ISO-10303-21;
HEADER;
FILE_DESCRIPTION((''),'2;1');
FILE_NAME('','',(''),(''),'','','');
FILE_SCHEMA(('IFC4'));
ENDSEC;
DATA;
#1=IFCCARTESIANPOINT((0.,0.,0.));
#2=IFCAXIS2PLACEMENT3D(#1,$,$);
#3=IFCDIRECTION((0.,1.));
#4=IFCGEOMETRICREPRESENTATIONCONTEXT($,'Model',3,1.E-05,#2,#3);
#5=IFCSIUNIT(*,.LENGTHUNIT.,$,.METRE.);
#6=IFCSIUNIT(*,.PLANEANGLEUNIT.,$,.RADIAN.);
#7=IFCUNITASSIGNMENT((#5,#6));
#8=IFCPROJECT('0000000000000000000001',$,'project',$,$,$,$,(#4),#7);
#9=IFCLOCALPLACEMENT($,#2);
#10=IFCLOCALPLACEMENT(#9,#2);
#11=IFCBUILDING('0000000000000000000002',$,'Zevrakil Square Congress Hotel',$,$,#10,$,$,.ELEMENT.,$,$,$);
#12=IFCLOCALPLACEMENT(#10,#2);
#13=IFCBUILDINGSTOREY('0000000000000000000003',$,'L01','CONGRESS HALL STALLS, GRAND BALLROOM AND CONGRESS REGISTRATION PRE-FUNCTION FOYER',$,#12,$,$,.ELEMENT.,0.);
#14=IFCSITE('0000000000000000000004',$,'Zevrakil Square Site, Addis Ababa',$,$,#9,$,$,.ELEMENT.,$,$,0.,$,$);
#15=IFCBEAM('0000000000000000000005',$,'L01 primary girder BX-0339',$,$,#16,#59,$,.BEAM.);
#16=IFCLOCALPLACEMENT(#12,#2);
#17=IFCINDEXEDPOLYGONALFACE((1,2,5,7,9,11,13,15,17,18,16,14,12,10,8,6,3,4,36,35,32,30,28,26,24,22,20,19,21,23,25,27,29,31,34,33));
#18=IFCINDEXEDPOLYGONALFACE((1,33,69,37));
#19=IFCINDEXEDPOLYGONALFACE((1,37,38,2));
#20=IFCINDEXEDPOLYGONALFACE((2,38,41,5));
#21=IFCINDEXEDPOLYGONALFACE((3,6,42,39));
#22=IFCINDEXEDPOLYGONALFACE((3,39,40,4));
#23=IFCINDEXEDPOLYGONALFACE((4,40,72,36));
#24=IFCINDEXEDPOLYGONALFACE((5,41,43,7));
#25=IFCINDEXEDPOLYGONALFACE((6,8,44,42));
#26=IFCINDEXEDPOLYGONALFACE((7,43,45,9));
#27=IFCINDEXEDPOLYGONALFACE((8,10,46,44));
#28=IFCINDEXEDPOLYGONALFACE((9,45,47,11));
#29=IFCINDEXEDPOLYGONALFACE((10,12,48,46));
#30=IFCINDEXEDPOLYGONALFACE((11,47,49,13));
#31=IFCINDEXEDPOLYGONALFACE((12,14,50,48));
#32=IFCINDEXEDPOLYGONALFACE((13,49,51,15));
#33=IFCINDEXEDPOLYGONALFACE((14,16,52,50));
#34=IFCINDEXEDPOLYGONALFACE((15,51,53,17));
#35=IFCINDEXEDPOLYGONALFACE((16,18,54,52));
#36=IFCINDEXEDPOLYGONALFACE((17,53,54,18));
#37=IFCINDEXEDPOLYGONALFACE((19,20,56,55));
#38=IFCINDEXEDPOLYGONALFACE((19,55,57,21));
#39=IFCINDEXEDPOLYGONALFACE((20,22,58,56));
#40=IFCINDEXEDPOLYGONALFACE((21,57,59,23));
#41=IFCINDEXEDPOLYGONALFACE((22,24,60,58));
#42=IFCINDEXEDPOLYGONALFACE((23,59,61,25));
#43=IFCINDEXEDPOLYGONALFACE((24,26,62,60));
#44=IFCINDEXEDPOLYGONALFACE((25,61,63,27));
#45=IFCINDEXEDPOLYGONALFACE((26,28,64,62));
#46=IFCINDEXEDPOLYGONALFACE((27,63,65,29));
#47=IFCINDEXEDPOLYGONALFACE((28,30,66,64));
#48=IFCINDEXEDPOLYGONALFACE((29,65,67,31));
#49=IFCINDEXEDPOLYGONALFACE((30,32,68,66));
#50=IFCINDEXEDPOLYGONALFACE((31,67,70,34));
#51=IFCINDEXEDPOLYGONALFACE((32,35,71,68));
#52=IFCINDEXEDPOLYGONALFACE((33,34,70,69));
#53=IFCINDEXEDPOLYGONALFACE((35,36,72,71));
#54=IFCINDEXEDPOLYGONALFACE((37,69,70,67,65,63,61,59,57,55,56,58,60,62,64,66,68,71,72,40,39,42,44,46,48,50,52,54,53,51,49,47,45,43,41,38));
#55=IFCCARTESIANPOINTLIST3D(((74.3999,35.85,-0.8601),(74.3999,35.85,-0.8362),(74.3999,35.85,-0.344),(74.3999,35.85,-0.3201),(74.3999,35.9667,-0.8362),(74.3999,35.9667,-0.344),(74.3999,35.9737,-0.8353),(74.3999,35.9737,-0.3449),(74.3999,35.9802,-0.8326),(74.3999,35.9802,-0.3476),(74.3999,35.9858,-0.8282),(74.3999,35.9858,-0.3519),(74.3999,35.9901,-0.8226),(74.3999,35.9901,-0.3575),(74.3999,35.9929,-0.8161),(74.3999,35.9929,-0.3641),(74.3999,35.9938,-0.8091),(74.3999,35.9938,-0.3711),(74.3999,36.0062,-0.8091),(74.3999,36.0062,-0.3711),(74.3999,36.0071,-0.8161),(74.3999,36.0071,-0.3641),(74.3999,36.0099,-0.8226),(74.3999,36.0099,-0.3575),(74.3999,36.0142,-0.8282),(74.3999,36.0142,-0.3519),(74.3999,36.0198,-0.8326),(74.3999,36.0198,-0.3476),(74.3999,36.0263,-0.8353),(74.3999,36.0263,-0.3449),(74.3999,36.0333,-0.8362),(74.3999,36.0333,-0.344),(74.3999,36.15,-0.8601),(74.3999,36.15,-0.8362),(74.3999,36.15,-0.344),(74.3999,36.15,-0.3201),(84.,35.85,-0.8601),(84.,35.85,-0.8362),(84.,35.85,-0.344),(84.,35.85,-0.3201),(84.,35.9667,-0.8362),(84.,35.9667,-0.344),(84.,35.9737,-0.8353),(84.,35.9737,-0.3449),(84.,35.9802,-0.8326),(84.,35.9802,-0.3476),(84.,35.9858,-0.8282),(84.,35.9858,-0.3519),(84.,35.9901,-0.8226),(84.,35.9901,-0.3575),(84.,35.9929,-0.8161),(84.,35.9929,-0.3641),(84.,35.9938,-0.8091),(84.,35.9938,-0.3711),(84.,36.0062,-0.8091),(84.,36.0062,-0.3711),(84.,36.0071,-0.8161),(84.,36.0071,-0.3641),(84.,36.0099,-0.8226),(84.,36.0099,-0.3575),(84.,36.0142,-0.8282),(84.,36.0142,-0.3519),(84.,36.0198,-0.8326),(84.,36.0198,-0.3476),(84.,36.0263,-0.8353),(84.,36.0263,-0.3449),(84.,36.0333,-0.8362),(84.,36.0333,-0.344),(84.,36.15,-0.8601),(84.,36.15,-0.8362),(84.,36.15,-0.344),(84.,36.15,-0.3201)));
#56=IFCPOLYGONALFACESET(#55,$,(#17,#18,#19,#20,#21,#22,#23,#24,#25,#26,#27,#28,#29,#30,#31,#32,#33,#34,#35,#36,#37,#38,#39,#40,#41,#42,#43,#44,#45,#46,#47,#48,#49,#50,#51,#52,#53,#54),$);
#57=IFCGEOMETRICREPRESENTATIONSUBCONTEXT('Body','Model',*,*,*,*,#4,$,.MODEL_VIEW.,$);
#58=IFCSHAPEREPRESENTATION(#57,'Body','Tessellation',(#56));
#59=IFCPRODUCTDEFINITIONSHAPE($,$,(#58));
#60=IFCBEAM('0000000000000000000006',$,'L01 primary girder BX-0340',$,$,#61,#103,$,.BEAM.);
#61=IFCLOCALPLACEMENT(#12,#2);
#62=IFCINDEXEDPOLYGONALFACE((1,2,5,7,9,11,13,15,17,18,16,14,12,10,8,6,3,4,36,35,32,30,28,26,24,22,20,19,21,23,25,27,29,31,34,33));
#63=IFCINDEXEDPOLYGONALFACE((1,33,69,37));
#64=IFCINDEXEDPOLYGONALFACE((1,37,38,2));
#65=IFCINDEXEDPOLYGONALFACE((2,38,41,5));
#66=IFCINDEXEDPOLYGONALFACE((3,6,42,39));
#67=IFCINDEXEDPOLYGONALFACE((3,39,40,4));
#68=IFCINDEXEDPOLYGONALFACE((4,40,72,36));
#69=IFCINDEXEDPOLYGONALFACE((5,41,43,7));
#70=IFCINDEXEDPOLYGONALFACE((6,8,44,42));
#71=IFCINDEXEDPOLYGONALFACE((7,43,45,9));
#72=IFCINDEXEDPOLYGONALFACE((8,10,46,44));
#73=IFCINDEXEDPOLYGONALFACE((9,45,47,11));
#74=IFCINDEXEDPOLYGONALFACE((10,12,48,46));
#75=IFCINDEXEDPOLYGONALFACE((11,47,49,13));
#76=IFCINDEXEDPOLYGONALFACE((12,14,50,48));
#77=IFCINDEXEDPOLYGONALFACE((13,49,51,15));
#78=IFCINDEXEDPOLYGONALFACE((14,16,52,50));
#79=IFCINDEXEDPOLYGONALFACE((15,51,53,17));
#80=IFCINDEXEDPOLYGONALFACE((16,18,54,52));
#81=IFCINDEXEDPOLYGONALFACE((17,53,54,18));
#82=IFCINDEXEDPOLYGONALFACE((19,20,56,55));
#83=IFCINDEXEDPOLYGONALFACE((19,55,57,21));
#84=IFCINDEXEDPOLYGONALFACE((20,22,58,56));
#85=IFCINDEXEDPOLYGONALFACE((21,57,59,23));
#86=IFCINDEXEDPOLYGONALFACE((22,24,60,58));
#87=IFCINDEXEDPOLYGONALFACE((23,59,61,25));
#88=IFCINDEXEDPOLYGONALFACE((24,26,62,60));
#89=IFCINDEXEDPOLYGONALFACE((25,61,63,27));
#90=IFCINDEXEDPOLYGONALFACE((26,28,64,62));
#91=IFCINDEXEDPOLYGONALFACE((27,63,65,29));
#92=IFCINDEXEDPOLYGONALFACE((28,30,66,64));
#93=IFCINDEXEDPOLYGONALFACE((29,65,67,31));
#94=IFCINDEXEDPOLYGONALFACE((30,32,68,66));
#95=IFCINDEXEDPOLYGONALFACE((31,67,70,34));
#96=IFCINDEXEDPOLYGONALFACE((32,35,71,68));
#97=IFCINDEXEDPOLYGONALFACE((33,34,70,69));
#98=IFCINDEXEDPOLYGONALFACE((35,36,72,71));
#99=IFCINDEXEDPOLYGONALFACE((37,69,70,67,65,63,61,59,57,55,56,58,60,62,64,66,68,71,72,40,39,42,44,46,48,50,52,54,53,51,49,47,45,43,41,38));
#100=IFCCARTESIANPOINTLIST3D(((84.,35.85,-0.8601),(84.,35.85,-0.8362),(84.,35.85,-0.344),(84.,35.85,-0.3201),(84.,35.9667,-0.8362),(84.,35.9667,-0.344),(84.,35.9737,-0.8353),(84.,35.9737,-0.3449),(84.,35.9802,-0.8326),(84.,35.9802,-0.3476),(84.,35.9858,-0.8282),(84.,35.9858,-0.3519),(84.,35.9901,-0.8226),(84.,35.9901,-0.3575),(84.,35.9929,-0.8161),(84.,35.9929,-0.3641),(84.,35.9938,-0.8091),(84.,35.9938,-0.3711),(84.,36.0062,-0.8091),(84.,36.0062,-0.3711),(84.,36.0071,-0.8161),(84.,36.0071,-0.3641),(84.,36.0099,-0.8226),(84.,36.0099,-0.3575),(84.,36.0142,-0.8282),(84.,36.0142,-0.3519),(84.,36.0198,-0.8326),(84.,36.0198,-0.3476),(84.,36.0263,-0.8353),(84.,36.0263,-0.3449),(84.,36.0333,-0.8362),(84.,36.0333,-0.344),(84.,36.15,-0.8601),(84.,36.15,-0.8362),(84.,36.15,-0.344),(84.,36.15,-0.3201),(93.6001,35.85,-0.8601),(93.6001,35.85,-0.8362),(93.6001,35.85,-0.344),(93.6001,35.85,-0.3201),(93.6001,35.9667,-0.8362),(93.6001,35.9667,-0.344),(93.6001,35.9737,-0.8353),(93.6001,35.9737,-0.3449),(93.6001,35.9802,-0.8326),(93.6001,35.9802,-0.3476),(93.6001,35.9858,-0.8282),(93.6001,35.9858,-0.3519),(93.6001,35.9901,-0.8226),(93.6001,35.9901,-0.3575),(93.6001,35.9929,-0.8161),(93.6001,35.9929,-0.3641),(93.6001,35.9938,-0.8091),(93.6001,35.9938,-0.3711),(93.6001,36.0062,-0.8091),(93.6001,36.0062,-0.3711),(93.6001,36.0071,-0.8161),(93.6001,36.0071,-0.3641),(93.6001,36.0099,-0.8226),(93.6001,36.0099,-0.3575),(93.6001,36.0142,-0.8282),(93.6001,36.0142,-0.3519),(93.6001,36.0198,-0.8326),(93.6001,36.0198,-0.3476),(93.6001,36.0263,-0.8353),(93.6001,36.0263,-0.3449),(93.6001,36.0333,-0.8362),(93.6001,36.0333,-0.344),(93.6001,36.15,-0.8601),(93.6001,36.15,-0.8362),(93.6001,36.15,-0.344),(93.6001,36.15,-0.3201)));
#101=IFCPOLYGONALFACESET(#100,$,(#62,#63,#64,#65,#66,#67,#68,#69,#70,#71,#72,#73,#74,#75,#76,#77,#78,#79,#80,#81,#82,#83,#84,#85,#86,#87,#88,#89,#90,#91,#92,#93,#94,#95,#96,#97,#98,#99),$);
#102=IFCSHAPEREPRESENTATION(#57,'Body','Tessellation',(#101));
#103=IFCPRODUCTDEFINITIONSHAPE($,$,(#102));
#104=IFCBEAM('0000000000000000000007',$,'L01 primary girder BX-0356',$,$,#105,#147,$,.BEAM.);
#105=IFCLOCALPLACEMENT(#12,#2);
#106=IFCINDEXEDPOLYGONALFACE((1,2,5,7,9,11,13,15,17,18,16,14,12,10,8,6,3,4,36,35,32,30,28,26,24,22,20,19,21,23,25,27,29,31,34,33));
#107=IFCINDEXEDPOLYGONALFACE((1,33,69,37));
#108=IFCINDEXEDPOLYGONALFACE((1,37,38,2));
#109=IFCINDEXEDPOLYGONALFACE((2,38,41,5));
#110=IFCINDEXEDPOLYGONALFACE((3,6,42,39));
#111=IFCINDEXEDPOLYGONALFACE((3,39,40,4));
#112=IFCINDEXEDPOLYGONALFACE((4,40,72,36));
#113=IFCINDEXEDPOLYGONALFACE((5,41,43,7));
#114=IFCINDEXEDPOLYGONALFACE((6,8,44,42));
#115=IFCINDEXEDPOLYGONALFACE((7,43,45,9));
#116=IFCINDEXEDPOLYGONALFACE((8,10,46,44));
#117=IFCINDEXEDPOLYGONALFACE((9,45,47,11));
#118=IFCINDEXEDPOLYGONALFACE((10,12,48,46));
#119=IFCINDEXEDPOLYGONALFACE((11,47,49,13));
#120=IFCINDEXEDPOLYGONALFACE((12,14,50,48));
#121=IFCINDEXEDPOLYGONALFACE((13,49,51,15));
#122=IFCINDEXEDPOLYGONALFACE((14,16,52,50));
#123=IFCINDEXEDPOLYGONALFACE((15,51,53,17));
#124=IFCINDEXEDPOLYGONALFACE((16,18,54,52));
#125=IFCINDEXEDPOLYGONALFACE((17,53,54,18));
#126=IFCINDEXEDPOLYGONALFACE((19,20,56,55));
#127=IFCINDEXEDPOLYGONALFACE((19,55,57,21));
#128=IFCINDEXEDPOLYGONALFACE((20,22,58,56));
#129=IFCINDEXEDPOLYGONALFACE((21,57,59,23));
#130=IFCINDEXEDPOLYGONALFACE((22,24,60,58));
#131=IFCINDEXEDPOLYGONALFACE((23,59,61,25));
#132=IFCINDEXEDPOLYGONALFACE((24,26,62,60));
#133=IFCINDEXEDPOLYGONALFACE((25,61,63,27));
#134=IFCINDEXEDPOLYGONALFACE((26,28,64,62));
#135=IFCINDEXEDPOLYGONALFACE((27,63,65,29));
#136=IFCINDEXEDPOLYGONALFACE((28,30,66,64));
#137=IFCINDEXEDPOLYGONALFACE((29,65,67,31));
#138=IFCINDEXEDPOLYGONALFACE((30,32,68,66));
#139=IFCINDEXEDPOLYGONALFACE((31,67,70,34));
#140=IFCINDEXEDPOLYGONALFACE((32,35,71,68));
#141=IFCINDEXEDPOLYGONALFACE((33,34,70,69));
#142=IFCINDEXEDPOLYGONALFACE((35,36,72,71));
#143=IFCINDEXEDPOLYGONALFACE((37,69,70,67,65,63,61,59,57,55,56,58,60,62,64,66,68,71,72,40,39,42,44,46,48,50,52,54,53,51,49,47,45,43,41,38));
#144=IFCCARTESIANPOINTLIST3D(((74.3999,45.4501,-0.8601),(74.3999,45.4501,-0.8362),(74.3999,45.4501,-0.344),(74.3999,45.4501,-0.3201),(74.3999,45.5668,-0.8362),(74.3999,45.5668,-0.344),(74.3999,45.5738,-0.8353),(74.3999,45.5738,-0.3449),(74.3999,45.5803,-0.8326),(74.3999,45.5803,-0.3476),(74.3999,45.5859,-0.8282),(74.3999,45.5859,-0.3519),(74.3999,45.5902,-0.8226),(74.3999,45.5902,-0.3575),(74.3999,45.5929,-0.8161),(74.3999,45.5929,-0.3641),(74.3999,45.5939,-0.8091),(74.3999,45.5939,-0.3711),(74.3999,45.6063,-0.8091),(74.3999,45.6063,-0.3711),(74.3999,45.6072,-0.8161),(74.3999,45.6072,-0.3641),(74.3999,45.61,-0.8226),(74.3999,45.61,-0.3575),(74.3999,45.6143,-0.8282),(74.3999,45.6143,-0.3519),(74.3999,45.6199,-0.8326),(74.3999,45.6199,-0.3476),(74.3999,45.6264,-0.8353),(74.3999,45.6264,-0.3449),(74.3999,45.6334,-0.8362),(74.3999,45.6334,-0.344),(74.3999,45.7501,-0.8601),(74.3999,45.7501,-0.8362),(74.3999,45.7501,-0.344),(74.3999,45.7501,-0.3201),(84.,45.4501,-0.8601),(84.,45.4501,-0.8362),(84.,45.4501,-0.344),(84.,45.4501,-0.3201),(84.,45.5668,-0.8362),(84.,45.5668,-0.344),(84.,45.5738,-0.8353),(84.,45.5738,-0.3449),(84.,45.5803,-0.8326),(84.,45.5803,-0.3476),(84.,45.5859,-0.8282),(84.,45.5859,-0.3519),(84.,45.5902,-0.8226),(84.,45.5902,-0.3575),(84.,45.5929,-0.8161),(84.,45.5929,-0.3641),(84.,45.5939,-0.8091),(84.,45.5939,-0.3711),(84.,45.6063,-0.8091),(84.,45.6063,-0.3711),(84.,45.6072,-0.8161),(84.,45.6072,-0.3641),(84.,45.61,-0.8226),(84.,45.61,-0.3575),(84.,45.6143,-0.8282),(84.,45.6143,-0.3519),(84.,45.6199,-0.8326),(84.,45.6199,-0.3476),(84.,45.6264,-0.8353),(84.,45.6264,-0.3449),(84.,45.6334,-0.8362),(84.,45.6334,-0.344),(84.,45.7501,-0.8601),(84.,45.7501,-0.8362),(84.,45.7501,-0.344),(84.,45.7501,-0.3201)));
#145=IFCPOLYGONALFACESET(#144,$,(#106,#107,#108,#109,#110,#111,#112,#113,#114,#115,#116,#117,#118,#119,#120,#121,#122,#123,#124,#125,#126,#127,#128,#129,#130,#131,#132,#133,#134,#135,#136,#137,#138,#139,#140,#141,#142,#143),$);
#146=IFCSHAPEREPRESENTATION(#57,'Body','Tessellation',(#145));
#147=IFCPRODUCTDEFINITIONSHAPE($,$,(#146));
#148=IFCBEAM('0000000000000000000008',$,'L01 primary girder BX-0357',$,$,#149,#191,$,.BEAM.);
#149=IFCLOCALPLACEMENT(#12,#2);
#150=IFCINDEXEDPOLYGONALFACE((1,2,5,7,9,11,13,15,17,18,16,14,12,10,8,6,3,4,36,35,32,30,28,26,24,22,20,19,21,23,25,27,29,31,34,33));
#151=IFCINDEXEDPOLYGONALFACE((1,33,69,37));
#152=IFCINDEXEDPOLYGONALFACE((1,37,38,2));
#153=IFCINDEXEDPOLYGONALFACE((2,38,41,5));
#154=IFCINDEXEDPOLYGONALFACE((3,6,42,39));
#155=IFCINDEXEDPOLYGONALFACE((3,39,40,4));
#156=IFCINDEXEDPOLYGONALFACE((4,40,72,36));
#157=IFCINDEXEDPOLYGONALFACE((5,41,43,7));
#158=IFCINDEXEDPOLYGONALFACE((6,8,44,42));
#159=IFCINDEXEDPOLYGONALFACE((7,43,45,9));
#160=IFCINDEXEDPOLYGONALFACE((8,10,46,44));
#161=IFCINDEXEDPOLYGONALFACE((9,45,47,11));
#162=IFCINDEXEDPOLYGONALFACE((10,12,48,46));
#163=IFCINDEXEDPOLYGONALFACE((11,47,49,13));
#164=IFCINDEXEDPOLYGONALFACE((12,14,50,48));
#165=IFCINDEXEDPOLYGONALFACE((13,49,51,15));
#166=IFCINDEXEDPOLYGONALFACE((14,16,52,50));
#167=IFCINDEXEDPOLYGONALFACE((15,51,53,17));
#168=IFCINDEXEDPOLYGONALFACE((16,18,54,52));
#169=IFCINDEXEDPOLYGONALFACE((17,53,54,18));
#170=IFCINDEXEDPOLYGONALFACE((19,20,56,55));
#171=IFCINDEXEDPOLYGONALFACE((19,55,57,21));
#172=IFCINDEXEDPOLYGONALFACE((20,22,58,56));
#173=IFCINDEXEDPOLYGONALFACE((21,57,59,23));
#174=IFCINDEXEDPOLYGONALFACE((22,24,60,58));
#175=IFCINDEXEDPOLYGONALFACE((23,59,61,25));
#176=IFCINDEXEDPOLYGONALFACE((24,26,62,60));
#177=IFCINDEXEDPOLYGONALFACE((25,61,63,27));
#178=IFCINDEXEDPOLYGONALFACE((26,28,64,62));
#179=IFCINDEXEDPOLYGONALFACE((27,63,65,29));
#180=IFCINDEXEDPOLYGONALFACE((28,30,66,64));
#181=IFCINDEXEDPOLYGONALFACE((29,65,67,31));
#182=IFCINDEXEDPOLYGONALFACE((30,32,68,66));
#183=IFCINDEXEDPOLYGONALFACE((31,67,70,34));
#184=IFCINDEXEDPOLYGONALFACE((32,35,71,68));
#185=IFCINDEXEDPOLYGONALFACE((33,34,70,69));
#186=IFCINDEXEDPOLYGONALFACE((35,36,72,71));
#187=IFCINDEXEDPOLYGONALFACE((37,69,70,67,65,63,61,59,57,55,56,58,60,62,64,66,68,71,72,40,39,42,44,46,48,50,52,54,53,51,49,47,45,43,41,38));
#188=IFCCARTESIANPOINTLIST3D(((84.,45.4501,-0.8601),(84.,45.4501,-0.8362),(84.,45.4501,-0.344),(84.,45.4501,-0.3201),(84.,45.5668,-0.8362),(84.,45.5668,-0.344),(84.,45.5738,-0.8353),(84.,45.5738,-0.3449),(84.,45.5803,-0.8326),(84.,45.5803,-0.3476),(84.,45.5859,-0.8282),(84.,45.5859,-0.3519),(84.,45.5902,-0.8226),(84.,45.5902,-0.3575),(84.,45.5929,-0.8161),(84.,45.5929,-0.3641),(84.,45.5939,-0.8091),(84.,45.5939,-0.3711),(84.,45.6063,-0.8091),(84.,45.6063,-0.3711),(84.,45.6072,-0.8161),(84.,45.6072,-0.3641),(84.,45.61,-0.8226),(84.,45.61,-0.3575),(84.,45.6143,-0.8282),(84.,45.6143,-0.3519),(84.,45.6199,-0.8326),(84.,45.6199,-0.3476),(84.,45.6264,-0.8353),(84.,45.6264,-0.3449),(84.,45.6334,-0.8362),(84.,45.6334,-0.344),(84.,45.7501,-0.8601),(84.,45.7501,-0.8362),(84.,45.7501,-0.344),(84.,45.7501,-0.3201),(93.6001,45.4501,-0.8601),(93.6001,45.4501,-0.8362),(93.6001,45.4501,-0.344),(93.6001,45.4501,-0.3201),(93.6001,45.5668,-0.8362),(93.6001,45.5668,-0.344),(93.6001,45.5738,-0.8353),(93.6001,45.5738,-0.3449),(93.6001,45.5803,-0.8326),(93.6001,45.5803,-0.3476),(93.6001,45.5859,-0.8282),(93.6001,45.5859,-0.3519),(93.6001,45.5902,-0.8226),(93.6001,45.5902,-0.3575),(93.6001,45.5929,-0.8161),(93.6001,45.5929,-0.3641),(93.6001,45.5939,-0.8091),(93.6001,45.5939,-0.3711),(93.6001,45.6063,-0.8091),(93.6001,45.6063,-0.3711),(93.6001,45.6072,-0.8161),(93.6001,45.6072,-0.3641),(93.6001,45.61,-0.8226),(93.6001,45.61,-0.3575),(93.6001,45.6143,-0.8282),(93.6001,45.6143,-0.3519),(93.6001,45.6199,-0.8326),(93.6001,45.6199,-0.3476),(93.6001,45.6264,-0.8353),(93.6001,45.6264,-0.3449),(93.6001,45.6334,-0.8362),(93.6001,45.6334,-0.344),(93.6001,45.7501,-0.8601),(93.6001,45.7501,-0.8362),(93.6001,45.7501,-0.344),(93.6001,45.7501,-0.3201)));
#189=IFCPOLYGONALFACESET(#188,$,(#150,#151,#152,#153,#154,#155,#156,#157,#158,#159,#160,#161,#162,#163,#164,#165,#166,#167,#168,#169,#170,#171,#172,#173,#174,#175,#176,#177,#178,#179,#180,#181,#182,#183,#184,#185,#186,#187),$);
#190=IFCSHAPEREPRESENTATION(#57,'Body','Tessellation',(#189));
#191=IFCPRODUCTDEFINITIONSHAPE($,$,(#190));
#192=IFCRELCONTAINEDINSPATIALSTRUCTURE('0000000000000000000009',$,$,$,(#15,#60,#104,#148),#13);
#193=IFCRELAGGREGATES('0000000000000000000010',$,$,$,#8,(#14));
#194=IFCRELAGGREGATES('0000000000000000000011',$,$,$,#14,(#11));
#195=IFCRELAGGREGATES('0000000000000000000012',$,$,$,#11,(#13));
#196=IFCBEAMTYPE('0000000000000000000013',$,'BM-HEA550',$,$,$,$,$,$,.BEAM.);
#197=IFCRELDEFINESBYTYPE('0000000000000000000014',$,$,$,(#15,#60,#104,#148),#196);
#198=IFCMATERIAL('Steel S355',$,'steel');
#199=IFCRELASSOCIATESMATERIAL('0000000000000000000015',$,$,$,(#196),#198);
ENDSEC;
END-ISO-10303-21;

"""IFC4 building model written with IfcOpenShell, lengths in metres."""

from ifc_helpers import new_model, si_unit, direction, frame, origin, origin_2d, place, context, subcontext, project, spatial, i_section, extrude, material, material_profile, profile_set, type_object, element, save


model = new_model("IFC4")

# Units and contexts
model_context = context("Model", 3, precision=1e-05, world=origin(), true_north=direction((0.0, 1.0)))
body_context = subcontext(model_context, "Body", "Model", "MODEL_VIEW")
ifc_project = project(units=[si_unit("LENGTHUNIT", "METRE"), si_unit("PLANEANGLEUNIT", "RADIAN")], contexts=[model_context])

# Site, building, storey
site_placement = place(None, origin())
site = spatial("IfcSite", under=ifc_project, at=site_placement, Name="Zevrakil Square Site, Addis Ababa", CompositionType="ELEMENT", RefElevation=0.0)
building_placement = place(site_placement, origin())
building = spatial("IfcBuilding", under=site, at=building_placement, Name="Zevrakil Square Congress Hotel", CompositionType="ELEMENT")
storey_placement = place(building_placement, origin())
storey = spatial("IfcBuildingStorey", under=building, at=storey_placement, Name="L01", Description="CONGRESS HALL STALLS, GRAND BALLROOM AND CONGRESS REGISTRATION PRE-FUNCTION FOYER", CompositionType="ELEMENT", Elevation=0.0)

# Beams
ifc_material_1 = material(Name="Steel S355", Category="steel")
ifc_material_profile_1 = material_profile(ifc_material_1, i_section(OverallWidth=0.3, OverallDepth=0.54, WebThickness=0.0125, FlangeThickness=0.0239, FilletRadius=0.0271, at=origin_2d()), Name="HEA 550")
ifc_profile_set_1 = profile_set([ifc_material_profile_1], Name="Steel S355")
beam_type_1 = type_object("IfcBeamType", Name="BM-HEA550", PredefinedType="BEAM", material=ifc_profile_set_1)
for number, where, z_axis, x_axis, name in (
    (1, (74.3999, 36.0, -0.5901), (1.0, 0.0, 0.0), (0.0, 1.0, 0.0), "L01 primary girder BX-0339"),
    (2, (84.0, 36.0, -0.5901), (1.0, 0.0, 0.0), (0.0, 1.0, 0.0), "L01 primary girder BX-0340"),
    (3, (74.3999, 45.6001, -0.5901), (1.0, 0.0, 0.0), (0.0, 1.0, 0.0), "L01 primary girder BX-0356"),
    (4, (84.0, 45.6001, -0.5901), (1.0, 0.0, 0.0), (0.0, 1.0, 0.0), "L01 primary girder BX-0357"),
):
    element("IfcBeam", number, at=place(storey_placement, frame(where, z_axis=z_axis, x_axis=x_axis)), inside=storey, type_object=beam_type_1, Name=name, PredefinedType="BEAM", context=body_context, shape_type="SweptSolid", body=[
        extrude(i_section(OverallWidth=0.3, OverallDepth=0.54, WebThickness=0.0125, FlangeThickness=0.0239, FilletRadius=0.0271, at=origin_2d()), origin(), (0.0, 0.0, 1.0), 9.6001),
    ])

save(model, "model.ifc")
